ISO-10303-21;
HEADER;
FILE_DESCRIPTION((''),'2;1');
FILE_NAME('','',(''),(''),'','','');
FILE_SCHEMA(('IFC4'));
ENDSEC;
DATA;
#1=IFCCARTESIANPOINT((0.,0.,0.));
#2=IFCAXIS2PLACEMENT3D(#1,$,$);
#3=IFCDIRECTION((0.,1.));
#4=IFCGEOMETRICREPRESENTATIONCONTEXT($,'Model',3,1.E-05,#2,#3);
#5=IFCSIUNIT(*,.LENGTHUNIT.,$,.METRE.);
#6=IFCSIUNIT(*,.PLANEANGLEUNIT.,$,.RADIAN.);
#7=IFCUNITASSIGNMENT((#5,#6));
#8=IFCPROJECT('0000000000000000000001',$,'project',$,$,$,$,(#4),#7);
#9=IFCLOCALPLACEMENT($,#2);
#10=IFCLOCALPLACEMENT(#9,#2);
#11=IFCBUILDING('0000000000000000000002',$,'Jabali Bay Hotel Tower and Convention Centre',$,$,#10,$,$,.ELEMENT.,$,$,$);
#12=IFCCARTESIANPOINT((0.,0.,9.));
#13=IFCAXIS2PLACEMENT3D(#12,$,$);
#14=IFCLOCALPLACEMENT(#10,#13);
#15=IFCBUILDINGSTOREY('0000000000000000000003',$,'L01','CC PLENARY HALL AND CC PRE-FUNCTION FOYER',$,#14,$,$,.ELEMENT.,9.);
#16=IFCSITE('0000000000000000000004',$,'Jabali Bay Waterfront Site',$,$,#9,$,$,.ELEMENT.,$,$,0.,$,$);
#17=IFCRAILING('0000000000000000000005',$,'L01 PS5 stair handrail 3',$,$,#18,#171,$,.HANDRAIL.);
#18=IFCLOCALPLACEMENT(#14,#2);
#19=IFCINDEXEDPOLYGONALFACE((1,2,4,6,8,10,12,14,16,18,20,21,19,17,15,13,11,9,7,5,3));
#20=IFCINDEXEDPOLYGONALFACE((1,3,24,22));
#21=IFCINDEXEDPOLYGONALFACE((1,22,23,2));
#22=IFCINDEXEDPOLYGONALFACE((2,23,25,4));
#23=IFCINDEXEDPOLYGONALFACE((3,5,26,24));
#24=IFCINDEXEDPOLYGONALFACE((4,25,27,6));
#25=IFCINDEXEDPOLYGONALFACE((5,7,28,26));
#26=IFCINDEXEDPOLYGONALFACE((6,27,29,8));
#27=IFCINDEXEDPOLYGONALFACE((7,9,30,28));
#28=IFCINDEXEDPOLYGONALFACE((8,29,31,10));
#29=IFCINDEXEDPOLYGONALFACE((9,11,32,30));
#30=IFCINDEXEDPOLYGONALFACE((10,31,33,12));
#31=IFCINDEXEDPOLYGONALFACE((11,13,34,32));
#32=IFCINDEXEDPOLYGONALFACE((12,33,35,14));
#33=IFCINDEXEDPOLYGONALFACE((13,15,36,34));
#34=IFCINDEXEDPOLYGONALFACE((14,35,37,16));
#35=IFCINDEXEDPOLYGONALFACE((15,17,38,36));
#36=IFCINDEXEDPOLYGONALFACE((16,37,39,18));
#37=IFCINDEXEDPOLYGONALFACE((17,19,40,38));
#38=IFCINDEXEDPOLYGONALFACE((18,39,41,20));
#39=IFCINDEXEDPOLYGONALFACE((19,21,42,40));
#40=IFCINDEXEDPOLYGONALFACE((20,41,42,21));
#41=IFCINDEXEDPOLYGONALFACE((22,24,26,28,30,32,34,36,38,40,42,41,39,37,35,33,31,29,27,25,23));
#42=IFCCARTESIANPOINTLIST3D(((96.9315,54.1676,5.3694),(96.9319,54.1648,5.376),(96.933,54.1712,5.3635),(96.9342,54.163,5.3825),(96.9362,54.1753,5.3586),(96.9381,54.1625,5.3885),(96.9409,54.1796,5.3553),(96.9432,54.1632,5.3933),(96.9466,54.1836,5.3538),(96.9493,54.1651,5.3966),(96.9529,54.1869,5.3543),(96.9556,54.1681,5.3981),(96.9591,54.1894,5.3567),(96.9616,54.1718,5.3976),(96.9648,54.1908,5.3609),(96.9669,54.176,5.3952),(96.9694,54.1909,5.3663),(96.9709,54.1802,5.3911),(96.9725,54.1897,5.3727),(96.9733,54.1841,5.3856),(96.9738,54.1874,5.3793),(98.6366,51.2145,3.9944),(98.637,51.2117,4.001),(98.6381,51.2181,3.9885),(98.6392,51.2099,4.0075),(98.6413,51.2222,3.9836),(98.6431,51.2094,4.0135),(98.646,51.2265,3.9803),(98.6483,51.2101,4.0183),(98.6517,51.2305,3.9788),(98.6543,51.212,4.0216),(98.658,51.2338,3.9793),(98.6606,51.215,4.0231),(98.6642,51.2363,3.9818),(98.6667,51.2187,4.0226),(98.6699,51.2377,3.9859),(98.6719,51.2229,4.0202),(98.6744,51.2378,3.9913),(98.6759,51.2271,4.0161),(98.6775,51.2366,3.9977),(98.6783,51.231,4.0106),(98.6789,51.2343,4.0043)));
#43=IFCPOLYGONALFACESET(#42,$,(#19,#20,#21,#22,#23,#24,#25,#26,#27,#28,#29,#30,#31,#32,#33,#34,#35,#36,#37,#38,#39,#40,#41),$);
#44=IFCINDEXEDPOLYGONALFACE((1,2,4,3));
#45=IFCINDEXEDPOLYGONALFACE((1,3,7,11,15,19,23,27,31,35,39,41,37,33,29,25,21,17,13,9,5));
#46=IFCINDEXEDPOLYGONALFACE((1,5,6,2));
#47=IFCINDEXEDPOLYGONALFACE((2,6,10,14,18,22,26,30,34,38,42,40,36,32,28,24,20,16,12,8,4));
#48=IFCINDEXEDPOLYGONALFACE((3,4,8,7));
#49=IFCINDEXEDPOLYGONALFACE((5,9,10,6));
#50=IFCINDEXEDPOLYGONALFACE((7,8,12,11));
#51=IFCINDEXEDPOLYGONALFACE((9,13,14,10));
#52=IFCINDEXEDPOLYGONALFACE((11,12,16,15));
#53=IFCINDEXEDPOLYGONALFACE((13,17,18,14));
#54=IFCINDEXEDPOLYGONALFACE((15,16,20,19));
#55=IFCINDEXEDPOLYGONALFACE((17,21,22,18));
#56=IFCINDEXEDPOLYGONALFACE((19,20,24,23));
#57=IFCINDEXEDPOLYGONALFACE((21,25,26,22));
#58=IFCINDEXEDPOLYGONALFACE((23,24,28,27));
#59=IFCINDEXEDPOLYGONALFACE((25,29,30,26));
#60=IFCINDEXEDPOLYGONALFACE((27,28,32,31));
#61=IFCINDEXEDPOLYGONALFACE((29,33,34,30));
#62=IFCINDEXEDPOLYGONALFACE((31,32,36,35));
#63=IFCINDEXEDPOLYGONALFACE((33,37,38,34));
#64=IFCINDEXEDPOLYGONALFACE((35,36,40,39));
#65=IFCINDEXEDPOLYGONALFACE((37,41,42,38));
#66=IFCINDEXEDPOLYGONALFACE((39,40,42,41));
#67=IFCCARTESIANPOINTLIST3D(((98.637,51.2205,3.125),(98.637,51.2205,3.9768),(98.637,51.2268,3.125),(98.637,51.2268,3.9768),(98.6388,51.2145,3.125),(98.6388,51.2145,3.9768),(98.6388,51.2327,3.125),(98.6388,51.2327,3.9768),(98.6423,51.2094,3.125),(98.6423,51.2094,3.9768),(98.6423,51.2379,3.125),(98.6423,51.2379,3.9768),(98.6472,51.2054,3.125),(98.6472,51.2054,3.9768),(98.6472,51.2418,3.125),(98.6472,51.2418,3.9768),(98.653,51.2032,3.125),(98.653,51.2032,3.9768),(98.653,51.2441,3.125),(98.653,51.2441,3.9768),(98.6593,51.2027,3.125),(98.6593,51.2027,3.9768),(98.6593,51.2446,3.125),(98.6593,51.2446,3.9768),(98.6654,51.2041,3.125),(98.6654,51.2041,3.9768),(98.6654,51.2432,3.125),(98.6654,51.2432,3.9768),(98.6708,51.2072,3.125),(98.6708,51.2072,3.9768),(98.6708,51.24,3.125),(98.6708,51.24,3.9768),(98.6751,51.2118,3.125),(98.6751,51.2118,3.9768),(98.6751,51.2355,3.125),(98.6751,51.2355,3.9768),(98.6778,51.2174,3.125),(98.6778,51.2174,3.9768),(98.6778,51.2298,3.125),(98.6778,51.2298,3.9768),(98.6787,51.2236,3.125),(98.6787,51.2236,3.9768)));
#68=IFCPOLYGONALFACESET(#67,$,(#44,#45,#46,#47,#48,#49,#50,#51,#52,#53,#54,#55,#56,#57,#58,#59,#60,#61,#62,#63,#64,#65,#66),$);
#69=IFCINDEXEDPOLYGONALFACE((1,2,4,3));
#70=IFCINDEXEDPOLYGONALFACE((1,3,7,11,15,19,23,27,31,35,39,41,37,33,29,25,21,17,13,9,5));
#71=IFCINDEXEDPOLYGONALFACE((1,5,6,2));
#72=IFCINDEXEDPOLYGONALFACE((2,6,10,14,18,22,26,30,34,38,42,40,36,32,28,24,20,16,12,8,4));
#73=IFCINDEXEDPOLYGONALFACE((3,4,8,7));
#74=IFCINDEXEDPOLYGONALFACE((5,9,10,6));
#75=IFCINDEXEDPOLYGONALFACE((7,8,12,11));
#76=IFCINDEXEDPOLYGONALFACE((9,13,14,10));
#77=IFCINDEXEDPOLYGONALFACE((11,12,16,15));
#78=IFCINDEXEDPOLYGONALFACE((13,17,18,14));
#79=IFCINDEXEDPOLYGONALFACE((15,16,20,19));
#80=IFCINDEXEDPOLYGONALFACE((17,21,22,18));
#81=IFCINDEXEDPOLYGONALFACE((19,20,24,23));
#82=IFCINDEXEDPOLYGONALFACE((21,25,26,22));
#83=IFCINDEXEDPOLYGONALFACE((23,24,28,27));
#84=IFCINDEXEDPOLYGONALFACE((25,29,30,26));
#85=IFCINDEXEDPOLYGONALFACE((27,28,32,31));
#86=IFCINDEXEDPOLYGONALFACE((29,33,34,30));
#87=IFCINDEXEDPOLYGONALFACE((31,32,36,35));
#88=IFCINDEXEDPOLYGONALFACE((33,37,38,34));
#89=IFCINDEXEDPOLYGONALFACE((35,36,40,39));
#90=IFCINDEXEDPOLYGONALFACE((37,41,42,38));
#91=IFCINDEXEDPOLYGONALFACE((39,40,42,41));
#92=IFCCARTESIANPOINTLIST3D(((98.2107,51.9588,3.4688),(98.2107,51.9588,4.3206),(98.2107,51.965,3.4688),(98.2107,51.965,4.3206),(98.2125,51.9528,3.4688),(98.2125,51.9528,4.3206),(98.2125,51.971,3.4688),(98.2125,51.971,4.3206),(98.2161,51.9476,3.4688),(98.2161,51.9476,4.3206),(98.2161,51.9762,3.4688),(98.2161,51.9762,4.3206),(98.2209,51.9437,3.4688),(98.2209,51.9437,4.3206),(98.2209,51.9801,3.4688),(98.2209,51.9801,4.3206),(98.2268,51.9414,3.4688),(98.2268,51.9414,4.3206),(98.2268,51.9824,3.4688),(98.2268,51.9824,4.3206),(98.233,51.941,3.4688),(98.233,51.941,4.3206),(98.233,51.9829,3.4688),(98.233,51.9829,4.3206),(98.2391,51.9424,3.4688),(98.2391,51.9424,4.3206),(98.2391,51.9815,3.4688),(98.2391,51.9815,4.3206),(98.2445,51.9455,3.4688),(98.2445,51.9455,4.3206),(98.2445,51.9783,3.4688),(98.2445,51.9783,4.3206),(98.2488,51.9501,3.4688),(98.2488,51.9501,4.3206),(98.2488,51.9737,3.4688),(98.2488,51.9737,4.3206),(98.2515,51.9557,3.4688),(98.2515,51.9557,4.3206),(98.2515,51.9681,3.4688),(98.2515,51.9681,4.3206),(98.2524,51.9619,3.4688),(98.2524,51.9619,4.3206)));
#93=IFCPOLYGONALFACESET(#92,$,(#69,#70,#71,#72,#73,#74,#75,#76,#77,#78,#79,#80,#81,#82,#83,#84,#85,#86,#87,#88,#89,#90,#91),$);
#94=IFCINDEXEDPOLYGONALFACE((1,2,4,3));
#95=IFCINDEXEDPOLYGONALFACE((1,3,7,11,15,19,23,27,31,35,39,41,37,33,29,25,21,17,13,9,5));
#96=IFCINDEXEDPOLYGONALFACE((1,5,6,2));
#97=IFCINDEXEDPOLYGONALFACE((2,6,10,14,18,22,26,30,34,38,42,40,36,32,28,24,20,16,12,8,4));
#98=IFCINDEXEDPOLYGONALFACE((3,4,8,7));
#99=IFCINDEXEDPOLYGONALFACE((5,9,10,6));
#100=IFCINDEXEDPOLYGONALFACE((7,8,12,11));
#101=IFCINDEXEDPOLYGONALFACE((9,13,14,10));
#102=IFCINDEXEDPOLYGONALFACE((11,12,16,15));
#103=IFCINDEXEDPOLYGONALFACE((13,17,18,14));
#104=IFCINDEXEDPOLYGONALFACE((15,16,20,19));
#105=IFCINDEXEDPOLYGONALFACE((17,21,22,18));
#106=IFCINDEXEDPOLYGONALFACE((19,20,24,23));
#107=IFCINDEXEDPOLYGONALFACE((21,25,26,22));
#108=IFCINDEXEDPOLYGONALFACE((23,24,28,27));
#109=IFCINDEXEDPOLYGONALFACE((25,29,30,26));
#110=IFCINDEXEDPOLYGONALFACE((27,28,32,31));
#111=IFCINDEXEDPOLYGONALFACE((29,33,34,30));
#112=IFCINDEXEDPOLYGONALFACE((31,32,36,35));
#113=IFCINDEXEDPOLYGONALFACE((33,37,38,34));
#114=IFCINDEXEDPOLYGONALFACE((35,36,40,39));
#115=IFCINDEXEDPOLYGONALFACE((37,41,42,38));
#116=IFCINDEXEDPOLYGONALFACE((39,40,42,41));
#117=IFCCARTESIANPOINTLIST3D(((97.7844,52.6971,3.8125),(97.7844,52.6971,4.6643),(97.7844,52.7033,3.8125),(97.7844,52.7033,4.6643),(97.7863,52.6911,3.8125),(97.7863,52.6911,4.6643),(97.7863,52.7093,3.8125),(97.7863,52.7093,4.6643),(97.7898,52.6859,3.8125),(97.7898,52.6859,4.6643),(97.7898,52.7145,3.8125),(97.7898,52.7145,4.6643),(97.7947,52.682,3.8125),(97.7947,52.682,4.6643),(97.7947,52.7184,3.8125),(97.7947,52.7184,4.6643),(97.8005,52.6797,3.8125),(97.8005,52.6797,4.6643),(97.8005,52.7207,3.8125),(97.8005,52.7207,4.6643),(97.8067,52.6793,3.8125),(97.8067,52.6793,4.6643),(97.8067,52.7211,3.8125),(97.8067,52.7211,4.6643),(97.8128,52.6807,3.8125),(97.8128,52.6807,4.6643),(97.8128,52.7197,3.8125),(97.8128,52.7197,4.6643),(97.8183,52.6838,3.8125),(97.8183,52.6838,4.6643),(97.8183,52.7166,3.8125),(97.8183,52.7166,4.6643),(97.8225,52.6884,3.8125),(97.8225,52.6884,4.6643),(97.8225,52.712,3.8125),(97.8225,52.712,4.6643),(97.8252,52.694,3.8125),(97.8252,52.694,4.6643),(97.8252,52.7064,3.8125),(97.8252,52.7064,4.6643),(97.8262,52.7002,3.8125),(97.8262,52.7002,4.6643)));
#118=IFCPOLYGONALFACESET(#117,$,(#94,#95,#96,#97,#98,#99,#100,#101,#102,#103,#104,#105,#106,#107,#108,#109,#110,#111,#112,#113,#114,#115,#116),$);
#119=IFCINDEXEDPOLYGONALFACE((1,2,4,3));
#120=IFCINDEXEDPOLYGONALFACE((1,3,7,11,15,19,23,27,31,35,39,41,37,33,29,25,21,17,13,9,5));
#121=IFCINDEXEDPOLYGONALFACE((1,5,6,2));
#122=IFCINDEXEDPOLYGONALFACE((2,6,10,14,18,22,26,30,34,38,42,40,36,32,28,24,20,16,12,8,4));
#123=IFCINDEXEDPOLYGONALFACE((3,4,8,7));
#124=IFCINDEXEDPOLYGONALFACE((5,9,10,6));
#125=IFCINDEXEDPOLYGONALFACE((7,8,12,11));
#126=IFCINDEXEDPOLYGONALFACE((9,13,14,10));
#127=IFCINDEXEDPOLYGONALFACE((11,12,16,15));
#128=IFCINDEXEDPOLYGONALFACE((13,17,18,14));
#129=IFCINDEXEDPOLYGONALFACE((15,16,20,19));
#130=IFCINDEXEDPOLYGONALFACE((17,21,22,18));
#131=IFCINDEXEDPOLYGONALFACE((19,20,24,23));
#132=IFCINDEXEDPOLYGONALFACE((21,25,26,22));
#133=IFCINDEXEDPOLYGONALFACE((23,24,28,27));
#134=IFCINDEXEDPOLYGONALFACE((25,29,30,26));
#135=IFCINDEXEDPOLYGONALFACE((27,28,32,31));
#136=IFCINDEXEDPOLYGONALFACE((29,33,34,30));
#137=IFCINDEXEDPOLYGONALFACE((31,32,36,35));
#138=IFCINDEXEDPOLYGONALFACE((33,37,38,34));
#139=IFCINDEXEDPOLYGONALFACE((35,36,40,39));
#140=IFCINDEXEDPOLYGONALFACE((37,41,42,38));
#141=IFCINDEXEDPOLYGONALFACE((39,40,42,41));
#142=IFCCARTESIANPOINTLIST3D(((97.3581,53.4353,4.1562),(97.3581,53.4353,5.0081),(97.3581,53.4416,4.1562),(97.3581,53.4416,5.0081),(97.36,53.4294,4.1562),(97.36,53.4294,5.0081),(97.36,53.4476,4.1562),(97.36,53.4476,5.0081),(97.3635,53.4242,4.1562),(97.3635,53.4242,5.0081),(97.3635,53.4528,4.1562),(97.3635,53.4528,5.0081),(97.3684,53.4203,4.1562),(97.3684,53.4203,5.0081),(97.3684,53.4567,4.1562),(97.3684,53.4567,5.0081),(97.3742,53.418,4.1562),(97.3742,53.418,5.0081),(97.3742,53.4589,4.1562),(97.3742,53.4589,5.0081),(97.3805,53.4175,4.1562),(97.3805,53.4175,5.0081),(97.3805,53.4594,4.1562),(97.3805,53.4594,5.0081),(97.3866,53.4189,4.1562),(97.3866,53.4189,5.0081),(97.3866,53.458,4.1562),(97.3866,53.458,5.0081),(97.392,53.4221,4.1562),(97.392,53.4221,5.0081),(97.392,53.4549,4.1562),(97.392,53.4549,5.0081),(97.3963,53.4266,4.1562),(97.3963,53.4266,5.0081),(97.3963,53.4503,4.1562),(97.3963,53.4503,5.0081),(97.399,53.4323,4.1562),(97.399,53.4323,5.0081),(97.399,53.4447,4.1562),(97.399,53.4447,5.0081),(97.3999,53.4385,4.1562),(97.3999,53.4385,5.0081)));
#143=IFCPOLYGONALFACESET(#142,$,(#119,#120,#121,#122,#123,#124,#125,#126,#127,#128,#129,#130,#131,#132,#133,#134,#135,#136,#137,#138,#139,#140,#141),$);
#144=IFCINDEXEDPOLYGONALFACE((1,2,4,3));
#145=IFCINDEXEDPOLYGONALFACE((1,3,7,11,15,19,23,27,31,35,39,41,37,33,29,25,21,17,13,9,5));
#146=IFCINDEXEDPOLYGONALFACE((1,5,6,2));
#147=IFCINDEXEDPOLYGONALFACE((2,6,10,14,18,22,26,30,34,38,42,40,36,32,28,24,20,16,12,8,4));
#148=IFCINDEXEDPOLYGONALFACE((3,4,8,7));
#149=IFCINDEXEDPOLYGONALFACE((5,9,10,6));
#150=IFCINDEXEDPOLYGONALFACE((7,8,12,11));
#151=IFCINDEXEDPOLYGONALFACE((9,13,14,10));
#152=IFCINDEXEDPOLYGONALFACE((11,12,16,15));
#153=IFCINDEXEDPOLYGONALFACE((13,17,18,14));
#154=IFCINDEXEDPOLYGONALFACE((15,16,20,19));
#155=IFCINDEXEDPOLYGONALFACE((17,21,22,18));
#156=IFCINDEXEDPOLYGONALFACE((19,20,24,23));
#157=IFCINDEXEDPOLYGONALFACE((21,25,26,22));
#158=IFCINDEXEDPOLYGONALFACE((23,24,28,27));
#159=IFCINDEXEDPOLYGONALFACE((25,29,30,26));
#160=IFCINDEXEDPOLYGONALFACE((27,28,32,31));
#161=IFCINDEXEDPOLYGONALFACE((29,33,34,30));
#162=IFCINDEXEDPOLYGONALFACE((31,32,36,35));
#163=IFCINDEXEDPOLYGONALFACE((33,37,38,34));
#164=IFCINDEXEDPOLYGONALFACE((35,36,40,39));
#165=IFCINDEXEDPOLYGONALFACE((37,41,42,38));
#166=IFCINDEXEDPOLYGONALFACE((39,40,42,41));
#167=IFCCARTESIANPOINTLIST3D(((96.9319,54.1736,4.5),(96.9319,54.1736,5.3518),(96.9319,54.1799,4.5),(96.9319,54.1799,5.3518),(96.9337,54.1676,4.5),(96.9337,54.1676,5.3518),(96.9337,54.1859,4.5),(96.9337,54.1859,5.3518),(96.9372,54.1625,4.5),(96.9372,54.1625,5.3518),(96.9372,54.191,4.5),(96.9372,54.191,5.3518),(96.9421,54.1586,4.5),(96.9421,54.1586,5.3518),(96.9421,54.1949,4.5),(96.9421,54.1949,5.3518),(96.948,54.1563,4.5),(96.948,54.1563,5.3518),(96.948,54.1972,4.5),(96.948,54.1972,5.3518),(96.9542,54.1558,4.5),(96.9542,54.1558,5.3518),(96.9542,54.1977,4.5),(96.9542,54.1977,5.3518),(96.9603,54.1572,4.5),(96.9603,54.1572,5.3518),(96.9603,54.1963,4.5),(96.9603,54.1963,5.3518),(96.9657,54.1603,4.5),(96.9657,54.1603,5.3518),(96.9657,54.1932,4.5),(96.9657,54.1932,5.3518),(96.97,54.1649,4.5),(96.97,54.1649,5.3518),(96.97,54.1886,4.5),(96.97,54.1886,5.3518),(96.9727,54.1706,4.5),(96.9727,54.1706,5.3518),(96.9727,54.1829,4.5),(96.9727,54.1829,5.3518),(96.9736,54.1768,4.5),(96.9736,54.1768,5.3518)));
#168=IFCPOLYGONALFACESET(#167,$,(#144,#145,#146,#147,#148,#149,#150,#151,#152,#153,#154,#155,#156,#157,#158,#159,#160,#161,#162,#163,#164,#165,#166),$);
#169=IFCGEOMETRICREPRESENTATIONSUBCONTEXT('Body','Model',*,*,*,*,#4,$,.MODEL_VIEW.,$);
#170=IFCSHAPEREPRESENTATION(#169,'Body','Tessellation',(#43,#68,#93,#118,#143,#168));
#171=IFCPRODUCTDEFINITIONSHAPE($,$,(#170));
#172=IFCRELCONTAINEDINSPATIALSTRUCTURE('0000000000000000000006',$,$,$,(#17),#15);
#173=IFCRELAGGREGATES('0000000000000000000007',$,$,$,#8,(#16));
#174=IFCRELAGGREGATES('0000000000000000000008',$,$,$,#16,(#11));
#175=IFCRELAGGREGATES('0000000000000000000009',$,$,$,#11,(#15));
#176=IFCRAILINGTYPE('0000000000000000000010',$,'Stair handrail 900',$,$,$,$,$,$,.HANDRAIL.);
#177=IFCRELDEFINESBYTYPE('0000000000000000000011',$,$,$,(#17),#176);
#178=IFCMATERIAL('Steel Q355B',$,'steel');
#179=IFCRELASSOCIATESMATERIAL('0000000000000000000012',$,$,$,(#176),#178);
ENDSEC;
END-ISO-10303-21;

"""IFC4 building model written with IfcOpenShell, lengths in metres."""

from ifc_helpers import new_model, si_unit, direction, frame, origin, origin_2d, place, context, subcontext, project, spatial, circle, extrude, material, type_object, element, save


model = new_model("IFC4")

# Units and contexts
model_context = context("Model", 3, precision=1e-05, world=origin(), true_north=direction((0.0, 1.0)))
body_context = subcontext(model_context, "Body", "Model", "MODEL_VIEW")
ifc_project = project(units=[si_unit("LENGTHUNIT", "METRE"), si_unit("PLANEANGLEUNIT", "RADIAN")], contexts=[model_context])

# Site, building, storey
site_placement = place(None, origin())
site = spatial("IfcSite", under=ifc_project, at=site_placement, Name="Jabali Bay Waterfront Site", CompositionType="ELEMENT", RefElevation=0.0)
building_placement = place(site_placement, origin())
building = spatial("IfcBuilding", under=site, at=building_placement, Name="Jabali Bay Hotel Tower and Convention Centre", CompositionType="ELEMENT")
storey_placement = place(building_placement, frame((0.0, 0.0, 9.0)))
storey = spatial("IfcBuildingStorey", under=building, at=storey_placement, Name="L01", Description="CC PLENARY HALL AND CC PRE-FUNCTION FOYER", CompositionType="ELEMENT", Elevation=9.0)

# Railing
ifc_material_1 = material(Name="Steel Q355B", Category="steel")
railing_type_1 = type_object("IfcRailingType", Name="Stair handrail 900", PredefinedType="HANDRAIL", material=ifc_material_1)
railing_1_placement = place(storey_placement, frame((98.6577, 51.2236, 3.125)))
element("IfcRailing", 1, at=railing_1_placement, inside=storey, type_object=railing_type_1, Name="L01 PS5 stair handrail 3", PredefinedType="HANDRAIL", context=body_context, shape_type="SweptSolid", body=[
    extrude(circle(Radius=0.0239, at=origin_2d()), frame((0.0, 0.0, 0.876), z_axis=(-0.46374, 0.803178, 0.373966), x_axis=(-0.866014, -0.50002, 0.0)), (0.0, 0.0, 1.0), 3.6768),
    extrude(circle(Radius=0.021, at=origin_2d()), origin(), (0.0, 0.0, 1.0), 0.8518),
    extrude(circle(Radius=0.021, at=origin_2d()), frame((-0.4263, 0.7383, 0.3438)), (0.0, 0.0, 1.0), 0.8518),
    extrude(circle(Radius=0.021, at=origin_2d()), frame((-0.8525, 1.4766, 0.6875)), (0.0, 0.0, 1.0), 0.8518),
    extrude(circle(Radius=0.021, at=origin_2d()), frame((-1.2788, 2.2148, 1.0312)), (0.0, 0.0, 1.0), 0.8518),
    extrude(circle(Radius=0.021, at=origin_2d()), frame((-1.7051, 2.9531, 1.375)), (0.0, 0.0, 1.0), 0.8518),
])

save(model, "model.ifc")
